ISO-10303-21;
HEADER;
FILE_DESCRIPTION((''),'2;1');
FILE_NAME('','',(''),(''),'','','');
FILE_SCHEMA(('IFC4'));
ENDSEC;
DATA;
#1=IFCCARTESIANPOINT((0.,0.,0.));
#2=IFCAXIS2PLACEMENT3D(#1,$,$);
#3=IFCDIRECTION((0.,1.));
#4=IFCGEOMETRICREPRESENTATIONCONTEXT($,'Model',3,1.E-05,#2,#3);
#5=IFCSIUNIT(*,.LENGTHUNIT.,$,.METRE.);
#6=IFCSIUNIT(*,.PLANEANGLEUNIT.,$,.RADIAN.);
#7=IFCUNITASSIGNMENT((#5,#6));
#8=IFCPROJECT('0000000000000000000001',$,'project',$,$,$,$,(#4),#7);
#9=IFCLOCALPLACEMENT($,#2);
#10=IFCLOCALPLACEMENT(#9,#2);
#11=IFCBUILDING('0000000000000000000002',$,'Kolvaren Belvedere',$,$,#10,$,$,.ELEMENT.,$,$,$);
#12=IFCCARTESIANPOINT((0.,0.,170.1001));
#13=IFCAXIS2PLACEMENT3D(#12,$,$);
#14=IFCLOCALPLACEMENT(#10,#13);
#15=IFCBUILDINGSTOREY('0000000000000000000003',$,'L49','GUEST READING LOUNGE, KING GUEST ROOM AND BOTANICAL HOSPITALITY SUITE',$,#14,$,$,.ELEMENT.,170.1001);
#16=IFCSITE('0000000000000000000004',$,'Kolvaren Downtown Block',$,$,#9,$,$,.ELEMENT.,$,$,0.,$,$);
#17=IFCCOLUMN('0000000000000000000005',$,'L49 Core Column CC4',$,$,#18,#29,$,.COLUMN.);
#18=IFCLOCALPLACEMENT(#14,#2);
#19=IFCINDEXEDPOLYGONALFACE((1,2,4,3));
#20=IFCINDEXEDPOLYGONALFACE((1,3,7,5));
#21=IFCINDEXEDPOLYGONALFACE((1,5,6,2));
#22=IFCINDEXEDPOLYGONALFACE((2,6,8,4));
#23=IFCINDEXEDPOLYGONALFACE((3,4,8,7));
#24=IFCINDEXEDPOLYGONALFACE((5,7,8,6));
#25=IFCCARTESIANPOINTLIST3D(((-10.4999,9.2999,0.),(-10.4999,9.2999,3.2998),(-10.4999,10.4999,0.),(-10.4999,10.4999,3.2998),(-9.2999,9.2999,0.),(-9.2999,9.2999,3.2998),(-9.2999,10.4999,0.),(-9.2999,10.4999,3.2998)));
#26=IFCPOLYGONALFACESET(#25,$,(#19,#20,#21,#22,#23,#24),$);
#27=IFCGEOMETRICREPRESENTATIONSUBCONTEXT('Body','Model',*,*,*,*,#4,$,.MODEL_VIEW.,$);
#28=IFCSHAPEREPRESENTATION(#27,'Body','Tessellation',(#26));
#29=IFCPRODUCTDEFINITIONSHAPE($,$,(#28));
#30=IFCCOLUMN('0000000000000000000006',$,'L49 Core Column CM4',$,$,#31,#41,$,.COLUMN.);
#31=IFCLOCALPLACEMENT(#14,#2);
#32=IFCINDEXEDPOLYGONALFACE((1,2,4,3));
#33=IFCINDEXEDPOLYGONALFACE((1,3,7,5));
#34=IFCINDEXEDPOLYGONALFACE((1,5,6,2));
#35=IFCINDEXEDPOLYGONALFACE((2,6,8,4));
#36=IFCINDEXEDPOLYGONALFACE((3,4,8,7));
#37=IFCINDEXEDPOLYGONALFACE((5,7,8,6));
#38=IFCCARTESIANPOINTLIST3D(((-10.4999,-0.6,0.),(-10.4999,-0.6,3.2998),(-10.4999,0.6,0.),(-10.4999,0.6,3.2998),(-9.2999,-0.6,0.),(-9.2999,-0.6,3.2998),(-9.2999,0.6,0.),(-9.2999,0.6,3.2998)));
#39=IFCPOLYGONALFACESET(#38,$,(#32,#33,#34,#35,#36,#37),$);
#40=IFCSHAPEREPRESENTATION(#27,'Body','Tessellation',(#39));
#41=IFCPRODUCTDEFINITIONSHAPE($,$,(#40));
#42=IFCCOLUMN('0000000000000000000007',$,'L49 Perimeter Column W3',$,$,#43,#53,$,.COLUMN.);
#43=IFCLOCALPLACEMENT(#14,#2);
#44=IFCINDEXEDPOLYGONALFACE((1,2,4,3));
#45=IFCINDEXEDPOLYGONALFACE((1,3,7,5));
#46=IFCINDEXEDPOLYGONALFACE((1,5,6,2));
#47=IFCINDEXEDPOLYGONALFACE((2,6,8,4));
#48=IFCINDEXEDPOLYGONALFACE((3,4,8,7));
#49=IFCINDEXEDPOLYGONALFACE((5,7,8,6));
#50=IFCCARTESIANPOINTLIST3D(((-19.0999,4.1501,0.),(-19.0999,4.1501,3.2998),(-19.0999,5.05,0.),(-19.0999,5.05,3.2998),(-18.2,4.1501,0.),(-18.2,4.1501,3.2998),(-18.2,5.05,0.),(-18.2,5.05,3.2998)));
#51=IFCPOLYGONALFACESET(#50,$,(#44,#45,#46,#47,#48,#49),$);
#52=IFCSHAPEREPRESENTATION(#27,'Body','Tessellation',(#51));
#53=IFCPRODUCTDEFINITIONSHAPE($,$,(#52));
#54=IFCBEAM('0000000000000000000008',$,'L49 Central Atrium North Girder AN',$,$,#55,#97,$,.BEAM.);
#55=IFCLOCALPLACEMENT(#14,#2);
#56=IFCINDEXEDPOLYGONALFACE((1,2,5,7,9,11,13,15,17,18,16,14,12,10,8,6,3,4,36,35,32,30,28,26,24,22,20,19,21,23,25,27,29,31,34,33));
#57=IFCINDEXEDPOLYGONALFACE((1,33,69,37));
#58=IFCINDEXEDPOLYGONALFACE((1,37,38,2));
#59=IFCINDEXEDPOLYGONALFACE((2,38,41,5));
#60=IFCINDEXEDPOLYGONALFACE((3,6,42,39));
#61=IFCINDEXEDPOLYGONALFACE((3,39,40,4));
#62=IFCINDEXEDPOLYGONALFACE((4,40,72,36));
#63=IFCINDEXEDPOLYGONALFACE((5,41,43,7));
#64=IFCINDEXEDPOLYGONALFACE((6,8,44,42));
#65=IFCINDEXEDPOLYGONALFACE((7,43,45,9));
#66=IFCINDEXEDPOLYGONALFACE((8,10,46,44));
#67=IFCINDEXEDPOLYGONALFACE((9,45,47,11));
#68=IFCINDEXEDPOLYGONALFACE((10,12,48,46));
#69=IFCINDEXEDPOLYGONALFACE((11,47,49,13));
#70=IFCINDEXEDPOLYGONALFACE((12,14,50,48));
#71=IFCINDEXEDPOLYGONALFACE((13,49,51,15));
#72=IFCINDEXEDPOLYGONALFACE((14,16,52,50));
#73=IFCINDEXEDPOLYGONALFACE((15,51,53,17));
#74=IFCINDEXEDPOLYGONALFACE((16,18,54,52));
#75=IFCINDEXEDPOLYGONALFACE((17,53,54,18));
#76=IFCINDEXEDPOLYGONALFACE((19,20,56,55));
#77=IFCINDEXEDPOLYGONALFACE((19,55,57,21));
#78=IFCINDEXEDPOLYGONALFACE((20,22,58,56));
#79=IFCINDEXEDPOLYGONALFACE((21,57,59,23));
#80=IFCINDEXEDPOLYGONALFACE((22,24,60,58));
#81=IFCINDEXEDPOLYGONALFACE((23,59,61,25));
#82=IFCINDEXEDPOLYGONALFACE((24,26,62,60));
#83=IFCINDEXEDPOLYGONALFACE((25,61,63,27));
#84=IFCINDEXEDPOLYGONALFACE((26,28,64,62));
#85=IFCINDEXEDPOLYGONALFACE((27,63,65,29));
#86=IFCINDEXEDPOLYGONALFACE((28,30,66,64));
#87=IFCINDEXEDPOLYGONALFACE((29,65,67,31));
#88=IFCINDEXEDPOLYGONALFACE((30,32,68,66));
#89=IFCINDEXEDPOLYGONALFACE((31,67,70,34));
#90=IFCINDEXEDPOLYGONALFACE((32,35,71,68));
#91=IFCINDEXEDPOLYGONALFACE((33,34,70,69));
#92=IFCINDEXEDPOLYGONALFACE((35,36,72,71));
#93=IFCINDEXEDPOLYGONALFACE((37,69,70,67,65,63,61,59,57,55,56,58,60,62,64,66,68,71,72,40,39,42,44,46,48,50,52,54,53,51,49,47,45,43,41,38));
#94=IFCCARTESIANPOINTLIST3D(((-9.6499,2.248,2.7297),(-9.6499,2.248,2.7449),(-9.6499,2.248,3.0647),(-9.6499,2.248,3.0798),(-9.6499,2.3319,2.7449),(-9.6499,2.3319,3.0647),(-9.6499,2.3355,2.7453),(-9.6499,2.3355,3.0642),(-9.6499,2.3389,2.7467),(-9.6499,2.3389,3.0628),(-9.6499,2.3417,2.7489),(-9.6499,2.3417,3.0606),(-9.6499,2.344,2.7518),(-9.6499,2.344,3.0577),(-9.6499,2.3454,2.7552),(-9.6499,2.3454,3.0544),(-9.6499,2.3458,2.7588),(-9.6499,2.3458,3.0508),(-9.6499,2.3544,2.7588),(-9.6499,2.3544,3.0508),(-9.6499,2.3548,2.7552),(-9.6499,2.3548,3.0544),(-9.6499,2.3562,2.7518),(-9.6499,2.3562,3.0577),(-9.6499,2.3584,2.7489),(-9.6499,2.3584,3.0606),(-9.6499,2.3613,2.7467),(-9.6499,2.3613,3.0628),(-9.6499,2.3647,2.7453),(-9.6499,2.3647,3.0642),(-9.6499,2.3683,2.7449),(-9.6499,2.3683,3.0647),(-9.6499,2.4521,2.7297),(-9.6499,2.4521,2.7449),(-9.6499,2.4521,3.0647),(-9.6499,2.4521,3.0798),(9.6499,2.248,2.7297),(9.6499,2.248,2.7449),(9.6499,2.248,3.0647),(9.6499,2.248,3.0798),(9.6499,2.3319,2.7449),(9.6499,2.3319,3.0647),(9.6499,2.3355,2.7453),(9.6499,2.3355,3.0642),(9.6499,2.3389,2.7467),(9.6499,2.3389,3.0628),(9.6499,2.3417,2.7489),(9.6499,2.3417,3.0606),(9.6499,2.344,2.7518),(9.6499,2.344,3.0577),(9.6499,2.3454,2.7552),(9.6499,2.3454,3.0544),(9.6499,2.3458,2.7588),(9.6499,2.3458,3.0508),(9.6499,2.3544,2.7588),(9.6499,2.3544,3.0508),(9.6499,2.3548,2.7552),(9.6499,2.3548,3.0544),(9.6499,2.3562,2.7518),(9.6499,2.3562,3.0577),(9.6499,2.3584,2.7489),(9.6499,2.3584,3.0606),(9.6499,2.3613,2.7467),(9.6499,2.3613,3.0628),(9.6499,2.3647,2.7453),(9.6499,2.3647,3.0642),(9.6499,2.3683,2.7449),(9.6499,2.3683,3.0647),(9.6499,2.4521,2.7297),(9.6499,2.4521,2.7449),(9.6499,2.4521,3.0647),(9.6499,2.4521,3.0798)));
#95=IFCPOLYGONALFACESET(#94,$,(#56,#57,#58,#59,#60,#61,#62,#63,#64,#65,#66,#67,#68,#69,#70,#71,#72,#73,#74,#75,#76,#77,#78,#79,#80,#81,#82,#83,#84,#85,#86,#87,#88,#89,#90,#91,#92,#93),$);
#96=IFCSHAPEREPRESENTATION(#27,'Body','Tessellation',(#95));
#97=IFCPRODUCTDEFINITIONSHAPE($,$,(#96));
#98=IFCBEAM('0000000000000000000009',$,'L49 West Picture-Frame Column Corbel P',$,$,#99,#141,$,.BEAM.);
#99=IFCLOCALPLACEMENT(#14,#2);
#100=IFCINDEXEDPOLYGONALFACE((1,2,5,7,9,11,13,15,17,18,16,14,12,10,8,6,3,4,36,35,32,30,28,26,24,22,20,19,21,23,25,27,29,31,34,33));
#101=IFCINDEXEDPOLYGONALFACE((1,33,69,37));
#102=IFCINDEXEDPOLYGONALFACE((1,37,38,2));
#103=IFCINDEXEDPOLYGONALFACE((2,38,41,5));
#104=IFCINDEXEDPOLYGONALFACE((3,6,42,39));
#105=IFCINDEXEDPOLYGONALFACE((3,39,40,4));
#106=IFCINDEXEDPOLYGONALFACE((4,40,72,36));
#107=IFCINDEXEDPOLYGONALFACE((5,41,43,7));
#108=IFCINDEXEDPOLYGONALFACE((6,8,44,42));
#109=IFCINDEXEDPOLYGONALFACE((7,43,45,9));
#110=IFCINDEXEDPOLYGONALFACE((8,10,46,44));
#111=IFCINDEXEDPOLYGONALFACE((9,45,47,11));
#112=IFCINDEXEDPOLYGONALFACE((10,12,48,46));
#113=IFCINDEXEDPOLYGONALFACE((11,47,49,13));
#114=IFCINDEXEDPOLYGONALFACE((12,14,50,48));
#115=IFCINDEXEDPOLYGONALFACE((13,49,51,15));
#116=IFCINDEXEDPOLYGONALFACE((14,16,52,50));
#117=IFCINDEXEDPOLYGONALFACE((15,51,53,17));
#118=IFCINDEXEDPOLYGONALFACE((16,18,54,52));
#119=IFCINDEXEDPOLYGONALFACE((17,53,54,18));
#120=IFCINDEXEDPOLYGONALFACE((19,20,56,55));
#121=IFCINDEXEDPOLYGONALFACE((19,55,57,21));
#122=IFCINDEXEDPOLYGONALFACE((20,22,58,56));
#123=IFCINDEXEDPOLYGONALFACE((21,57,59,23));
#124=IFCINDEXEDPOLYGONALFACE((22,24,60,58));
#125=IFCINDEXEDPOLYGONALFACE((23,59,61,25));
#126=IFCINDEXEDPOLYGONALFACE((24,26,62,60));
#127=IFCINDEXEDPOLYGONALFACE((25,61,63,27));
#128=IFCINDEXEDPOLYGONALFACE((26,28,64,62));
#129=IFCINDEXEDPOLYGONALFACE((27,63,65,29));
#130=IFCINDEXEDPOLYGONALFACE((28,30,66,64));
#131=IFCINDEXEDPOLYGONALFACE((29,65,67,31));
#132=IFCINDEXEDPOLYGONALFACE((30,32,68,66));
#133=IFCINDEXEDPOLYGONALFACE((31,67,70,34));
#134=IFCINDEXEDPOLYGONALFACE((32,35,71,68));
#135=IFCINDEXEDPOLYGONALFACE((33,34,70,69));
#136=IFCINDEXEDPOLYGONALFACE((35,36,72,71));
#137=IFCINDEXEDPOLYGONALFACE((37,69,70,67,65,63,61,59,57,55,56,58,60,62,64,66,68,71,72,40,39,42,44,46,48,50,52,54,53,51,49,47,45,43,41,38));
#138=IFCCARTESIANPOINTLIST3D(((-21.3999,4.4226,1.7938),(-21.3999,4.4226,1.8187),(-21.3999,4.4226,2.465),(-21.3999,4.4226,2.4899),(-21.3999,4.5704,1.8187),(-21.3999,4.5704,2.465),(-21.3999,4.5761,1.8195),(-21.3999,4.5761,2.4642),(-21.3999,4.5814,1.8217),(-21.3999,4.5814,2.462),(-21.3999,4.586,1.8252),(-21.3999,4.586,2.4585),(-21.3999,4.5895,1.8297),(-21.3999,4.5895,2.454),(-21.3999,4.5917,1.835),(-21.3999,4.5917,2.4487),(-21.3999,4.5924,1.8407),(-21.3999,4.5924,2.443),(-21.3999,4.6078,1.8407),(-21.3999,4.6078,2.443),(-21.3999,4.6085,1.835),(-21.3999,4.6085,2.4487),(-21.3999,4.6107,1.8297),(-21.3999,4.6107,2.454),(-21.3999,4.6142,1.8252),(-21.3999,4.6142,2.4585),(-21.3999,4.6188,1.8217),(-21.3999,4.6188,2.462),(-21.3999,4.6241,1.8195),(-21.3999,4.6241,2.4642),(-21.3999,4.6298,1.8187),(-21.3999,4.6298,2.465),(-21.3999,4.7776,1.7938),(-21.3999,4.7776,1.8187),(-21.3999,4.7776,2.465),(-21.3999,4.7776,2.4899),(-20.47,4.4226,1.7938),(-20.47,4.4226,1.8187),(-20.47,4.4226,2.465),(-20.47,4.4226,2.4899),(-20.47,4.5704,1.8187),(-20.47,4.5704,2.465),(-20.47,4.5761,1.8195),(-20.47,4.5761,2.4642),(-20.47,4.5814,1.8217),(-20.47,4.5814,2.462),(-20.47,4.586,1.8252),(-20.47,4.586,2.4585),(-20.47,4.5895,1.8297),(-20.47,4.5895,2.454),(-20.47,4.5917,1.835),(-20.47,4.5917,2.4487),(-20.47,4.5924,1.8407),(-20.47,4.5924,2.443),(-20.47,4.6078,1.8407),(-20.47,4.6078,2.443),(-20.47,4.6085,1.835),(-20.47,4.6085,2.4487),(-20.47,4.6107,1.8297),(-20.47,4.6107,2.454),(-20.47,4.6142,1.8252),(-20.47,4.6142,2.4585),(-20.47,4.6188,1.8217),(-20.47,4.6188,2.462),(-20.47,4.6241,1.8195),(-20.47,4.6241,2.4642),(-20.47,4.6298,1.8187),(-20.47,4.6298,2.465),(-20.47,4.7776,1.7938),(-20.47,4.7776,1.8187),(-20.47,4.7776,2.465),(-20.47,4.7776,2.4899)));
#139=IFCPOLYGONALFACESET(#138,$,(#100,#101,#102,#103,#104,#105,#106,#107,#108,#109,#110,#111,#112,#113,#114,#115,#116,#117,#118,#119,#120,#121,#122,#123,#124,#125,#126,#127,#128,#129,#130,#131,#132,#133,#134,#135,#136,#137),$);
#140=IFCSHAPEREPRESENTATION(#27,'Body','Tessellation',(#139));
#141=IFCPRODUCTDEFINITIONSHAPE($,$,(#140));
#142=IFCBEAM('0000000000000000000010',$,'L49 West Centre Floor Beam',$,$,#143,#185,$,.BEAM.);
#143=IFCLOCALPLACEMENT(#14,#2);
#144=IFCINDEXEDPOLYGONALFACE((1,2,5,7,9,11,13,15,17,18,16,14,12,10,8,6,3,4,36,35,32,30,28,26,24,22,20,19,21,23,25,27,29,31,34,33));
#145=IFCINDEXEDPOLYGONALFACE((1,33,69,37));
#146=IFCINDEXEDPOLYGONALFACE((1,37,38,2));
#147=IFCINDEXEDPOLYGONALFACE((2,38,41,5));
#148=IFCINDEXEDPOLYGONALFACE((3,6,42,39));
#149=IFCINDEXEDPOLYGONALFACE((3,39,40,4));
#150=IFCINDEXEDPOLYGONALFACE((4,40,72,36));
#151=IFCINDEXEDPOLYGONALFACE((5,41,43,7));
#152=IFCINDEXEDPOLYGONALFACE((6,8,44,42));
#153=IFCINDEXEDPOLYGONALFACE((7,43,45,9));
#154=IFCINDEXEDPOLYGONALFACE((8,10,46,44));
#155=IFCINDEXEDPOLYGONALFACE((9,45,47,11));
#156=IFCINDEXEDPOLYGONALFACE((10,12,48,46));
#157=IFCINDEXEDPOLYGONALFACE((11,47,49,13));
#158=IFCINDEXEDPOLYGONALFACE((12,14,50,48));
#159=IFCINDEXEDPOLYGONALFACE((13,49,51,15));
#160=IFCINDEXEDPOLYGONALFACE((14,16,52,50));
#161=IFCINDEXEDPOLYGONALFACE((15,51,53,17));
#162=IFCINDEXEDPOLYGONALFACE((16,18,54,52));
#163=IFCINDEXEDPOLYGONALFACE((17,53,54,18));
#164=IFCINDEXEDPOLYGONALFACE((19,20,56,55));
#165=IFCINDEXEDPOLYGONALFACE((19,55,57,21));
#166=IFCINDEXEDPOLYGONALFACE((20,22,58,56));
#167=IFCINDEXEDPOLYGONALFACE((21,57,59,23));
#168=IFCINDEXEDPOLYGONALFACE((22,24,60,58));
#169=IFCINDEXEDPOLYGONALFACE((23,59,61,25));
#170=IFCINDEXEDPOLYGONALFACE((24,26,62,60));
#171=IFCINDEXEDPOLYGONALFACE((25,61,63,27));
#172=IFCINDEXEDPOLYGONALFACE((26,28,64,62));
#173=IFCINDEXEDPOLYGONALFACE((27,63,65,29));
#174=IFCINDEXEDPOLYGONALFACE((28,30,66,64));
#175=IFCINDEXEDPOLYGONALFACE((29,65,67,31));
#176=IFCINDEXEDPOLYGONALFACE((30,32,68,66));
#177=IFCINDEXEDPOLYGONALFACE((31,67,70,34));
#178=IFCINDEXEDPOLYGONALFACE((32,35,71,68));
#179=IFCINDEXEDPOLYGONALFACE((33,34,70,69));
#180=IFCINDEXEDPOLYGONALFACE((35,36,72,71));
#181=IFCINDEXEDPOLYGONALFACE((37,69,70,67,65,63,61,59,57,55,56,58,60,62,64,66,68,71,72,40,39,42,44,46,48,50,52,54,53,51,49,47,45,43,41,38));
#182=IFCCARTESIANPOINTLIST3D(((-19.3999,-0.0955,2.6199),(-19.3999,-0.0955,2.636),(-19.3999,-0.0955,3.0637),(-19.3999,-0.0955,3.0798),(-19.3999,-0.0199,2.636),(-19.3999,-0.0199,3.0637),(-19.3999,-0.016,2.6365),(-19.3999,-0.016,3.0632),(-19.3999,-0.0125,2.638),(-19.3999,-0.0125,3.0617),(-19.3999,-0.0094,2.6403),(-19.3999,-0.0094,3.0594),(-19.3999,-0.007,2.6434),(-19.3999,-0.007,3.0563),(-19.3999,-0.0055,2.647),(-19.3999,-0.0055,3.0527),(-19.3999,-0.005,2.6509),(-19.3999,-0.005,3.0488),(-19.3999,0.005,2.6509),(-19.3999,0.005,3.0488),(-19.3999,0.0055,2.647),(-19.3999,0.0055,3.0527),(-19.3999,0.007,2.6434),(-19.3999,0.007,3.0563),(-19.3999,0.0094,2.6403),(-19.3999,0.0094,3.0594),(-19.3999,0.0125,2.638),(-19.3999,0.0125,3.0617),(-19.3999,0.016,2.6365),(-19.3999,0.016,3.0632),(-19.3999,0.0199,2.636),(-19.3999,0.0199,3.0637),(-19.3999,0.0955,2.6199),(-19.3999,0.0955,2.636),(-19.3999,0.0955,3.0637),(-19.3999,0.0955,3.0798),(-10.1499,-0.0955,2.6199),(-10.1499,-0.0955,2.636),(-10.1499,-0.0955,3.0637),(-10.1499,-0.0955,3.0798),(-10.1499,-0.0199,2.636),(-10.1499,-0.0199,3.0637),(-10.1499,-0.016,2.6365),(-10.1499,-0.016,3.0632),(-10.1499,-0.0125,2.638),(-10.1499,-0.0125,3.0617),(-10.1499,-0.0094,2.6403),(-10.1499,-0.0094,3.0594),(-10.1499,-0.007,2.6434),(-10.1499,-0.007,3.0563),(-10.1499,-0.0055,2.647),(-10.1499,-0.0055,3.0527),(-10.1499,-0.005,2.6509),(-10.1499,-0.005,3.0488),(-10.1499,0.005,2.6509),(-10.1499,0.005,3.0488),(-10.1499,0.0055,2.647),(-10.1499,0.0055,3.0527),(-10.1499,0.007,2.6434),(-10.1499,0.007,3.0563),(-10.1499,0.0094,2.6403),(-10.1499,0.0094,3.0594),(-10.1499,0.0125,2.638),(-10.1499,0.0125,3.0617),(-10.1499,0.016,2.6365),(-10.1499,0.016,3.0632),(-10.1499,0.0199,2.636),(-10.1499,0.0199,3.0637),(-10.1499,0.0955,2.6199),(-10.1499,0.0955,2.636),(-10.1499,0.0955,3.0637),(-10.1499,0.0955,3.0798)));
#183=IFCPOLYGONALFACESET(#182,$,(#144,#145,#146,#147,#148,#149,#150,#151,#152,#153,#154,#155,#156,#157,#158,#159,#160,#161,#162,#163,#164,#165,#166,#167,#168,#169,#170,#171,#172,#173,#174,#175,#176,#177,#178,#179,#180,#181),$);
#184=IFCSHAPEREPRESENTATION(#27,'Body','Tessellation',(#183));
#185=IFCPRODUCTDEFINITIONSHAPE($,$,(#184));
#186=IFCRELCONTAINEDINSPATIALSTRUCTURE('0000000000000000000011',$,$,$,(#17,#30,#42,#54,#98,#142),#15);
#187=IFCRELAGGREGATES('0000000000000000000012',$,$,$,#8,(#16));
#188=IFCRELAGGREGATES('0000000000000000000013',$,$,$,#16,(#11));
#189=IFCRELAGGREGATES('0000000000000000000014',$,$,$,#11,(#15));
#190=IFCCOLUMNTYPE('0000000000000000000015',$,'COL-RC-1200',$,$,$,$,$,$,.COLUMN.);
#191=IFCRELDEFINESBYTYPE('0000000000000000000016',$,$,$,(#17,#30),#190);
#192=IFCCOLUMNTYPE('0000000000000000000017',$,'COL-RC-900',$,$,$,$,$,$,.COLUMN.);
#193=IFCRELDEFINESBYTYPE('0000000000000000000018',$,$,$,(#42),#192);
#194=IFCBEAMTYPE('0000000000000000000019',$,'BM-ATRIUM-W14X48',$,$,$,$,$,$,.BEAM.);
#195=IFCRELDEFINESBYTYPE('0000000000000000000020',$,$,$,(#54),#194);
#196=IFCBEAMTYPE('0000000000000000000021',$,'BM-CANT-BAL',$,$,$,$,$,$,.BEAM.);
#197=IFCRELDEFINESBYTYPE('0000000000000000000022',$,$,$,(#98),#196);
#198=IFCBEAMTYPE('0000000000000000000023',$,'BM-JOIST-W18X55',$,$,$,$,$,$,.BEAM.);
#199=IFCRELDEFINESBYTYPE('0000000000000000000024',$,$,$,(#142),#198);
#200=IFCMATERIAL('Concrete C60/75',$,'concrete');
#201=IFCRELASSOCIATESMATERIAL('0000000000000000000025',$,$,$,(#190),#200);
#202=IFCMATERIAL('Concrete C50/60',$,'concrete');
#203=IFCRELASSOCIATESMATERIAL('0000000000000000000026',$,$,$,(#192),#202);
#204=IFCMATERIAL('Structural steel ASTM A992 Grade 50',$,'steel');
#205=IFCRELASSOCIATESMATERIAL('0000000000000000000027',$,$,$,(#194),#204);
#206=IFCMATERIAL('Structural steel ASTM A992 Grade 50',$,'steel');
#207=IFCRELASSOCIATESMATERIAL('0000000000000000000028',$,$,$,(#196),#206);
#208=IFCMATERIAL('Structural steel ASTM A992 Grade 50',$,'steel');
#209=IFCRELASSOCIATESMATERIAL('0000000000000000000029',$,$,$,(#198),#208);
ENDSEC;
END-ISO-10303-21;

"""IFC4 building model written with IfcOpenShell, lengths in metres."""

from ifc_helpers import new_model, si_unit, direction, frame, origin, origin_2d, place, context, subcontext, project, spatial, rectangle, i_section, extrude, material, material_profile, profile_set, type_object, element, save


model = new_model("IFC4")

# Units and contexts
model_context = context("Model", 3, precision=1e-05, world=origin(), true_north=direction((0.0, 1.0)))
body_context = subcontext(model_context, "Body", "Model", "MODEL_VIEW")
ifc_project = project(units=[si_unit("LENGTHUNIT", "METRE"), si_unit("PLANEANGLEUNIT", "RADIAN")], contexts=[model_context])

# Site, building, storey
site_placement = place(None, origin())
site = spatial("IfcSite", under=ifc_project, at=site_placement, Name="Kolvaren Downtown Block", CompositionType="ELEMENT", RefElevation=0.0)
building_placement = place(site_placement, origin())
building = spatial("IfcBuilding", under=site, at=building_placement, Name="Kolvaren Belvedere", CompositionType="ELEMENT")
storey_placement = place(building_placement, frame((0.0, 0.0, 170.1001)))
storey = spatial("IfcBuildingStorey", under=building, at=storey_placement, Name="L49", Description="GUEST READING LOUNGE, KING GUEST ROOM AND BOTANICAL HOSPITALITY SUITE", CompositionType="ELEMENT", Elevation=170.1001)

# Columns
ifc_material_1 = material(Name="Concrete C60/75", Category="concrete")
ifc_material_profile_1 = material_profile(ifc_material_1, rectangle(XDim=1.2, YDim=1.2, at=origin_2d()), Name="RC 1200X1200")
ifc_profile_set_1 = profile_set([ifc_material_profile_1], Name="Concrete C60/75")
column_type_1 = type_object("IfcColumnType", Name="COL-RC-1200", PredefinedType="COLUMN", material=ifc_profile_set_1)
for number, where, z_axis, x_axis, name in (
    (1, (-9.8999, 9.8999, 0.0), (0.0, 0.0, 1.0), (1.0, 0.0, 0.0), "L49 Core Column CC4"),
    (2, (-9.8999, 0.0, 0.0), (0.0, 0.0, 1.0), (1.0, 0.0, 0.0), "L49 Core Column CM4"),
):
    element("IfcColumn", number, at=place(storey_placement, frame(where, z_axis=z_axis, x_axis=x_axis)), inside=storey, type_object=column_type_1, Name=name, PredefinedType="COLUMN", context=body_context, shape_type="SweptSolid", body=[
        extrude(rectangle(XDim=1.2, YDim=1.2, at=origin_2d()), origin(), (0.0, 0.0, 1.0), 3.2998),
    ])
ifc_material_2 = material(Name="Concrete C50/60", Category="concrete")
ifc_material_profile_2 = material_profile(ifc_material_2, rectangle(XDim=0.8999, YDim=0.8999, at=origin_2d()), Name="RC 900X900")
ifc_profile_set_2 = profile_set([ifc_material_profile_2], Name="Concrete C50/60")
column_type_2 = type_object("IfcColumnType", Name="COL-RC-900", PredefinedType="COLUMN", material=ifc_profile_set_2)
column_placement = place(storey_placement, frame((-18.6499, 4.6001, 0.0), z_axis=(0.0, 0.0, 1.0), x_axis=(1.0, 0.0, 0.0)))
element("IfcColumn", 3, at=column_placement, inside=storey, type_object=column_type_2, Name="L49 Perimeter Column W3", PredefinedType="COLUMN", context=body_context, shape_type="SweptSolid", body=[
    extrude(rectangle(XDim=0.8999, YDim=0.8999, at=origin_2d()), origin(), (0.0, 0.0, 1.0), 3.2998),
])

# Beams
ifc_material_3 = material(Name="Structural steel ASTM A992 Grade 50", Category="steel")
ifc_material_profile_3 = material_profile(ifc_material_3, i_section(OverallWidth=0.2041, OverallDepth=0.3501, WebThickness=0.0085, FlangeThickness=0.0151, FilletRadius=0.0139, at=origin_2d()), Name="W14X48")
ifc_profile_set_3 = profile_set([ifc_material_profile_3], Name="Structural steel ASTM A992 Grade 50")
beam_type_1 = type_object("IfcBeamType", Name="BM-ATRIUM-W14X48", PredefinedType="BEAM", material=ifc_profile_set_3)
beam_1_placement = place(storey_placement, frame((-9.6499, 2.3501, 2.9048), z_axis=(1.0, 0.0, 0.0), x_axis=(0.0, 1.0, 0.0)))
element("IfcBeam", 4, at=beam_1_placement, inside=storey, type_object=beam_type_1, Name="L49 Central Atrium North Girder AN", PredefinedType="BEAM", context=body_context, shape_type="SweptSolid", body=[
    extrude(i_section(OverallWidth=0.2041, OverallDepth=0.3501, WebThickness=0.0085, FlangeThickness=0.0151, FilletRadius=0.0139, at=origin_2d()), origin(), (0.0, 0.0, 1.0), 19.2998),
])
ifc_material_4 = material(Name="Structural steel ASTM A992 Grade 50", Category="steel")
ifc_material_profile_4 = material_profile(ifc_material_4, i_section(OverallWidth=0.355, OverallDepth=0.696, WebThickness=0.0154, FlangeThickness=0.0249, FilletRadius=0.022, at=origin_2d()), Name="W27X146")
ifc_profile_set_4 = profile_set([ifc_material_profile_4], Name="Structural steel ASTM A992 Grade 50")
beam_type_2 = type_object("IfcBeamType", Name="BM-CANT-BAL", PredefinedType="BEAM", material=ifc_profile_set_4)
beam_2_placement = place(storey_placement, frame((-20.47, 4.6001, 2.1418), z_axis=(-1.0, 0.0, 0.0), x_axis=(0.0, -1.0, 0.0)))
element("IfcBeam", 5, at=beam_2_placement, inside=storey, type_object=beam_type_2, Name="L49 West Picture-Frame Column Corbel P", PredefinedType="BEAM", context=body_context, shape_type="SweptSolid", body=[
    extrude(i_section(OverallWidth=0.355, OverallDepth=0.696, WebThickness=0.0154, FlangeThickness=0.0249, FilletRadius=0.022, at=origin_2d()), origin(), (0.0, 0.0, 1.0), 0.9299),
])
ifc_material_5 = material(Name="Structural steel ASTM A992 Grade 50", Category="steel")
ifc_material_profile_5 = material_profile(ifc_material_5, i_section(OverallWidth=0.1909, OverallDepth=0.46, WebThickness=0.01, FlangeThickness=0.0161, FilletRadius=0.0149, at=origin_2d()), Name="W18X55")
ifc_profile_set_5 = profile_set([ifc_material_profile_5], Name="Structural steel ASTM A992 Grade 50")
beam_type_3 = type_object("IfcBeamType", Name="BM-JOIST-W18X55", PredefinedType="BEAM", material=ifc_profile_set_5)
beam_3_placement = place(storey_placement, frame((-10.1499, 0.0, 2.8499), z_axis=(-1.0, 0.0, 0.0), x_axis=(0.0, -1.0, 0.0)))
element("IfcBeam", 6, at=beam_3_placement, inside=storey, type_object=beam_type_3, Name="L49 West Centre Floor Beam", PredefinedType="BEAM", context=body_context, shape_type="SweptSolid", body=[
    extrude(i_section(OverallWidth=0.1909, OverallDepth=0.46, WebThickness=0.01, FlangeThickness=0.0161, FilletRadius=0.0149, at=origin_2d()), origin(), (0.0, 0.0, 1.0), 9.25),
])

save(model, "model.ifc")
